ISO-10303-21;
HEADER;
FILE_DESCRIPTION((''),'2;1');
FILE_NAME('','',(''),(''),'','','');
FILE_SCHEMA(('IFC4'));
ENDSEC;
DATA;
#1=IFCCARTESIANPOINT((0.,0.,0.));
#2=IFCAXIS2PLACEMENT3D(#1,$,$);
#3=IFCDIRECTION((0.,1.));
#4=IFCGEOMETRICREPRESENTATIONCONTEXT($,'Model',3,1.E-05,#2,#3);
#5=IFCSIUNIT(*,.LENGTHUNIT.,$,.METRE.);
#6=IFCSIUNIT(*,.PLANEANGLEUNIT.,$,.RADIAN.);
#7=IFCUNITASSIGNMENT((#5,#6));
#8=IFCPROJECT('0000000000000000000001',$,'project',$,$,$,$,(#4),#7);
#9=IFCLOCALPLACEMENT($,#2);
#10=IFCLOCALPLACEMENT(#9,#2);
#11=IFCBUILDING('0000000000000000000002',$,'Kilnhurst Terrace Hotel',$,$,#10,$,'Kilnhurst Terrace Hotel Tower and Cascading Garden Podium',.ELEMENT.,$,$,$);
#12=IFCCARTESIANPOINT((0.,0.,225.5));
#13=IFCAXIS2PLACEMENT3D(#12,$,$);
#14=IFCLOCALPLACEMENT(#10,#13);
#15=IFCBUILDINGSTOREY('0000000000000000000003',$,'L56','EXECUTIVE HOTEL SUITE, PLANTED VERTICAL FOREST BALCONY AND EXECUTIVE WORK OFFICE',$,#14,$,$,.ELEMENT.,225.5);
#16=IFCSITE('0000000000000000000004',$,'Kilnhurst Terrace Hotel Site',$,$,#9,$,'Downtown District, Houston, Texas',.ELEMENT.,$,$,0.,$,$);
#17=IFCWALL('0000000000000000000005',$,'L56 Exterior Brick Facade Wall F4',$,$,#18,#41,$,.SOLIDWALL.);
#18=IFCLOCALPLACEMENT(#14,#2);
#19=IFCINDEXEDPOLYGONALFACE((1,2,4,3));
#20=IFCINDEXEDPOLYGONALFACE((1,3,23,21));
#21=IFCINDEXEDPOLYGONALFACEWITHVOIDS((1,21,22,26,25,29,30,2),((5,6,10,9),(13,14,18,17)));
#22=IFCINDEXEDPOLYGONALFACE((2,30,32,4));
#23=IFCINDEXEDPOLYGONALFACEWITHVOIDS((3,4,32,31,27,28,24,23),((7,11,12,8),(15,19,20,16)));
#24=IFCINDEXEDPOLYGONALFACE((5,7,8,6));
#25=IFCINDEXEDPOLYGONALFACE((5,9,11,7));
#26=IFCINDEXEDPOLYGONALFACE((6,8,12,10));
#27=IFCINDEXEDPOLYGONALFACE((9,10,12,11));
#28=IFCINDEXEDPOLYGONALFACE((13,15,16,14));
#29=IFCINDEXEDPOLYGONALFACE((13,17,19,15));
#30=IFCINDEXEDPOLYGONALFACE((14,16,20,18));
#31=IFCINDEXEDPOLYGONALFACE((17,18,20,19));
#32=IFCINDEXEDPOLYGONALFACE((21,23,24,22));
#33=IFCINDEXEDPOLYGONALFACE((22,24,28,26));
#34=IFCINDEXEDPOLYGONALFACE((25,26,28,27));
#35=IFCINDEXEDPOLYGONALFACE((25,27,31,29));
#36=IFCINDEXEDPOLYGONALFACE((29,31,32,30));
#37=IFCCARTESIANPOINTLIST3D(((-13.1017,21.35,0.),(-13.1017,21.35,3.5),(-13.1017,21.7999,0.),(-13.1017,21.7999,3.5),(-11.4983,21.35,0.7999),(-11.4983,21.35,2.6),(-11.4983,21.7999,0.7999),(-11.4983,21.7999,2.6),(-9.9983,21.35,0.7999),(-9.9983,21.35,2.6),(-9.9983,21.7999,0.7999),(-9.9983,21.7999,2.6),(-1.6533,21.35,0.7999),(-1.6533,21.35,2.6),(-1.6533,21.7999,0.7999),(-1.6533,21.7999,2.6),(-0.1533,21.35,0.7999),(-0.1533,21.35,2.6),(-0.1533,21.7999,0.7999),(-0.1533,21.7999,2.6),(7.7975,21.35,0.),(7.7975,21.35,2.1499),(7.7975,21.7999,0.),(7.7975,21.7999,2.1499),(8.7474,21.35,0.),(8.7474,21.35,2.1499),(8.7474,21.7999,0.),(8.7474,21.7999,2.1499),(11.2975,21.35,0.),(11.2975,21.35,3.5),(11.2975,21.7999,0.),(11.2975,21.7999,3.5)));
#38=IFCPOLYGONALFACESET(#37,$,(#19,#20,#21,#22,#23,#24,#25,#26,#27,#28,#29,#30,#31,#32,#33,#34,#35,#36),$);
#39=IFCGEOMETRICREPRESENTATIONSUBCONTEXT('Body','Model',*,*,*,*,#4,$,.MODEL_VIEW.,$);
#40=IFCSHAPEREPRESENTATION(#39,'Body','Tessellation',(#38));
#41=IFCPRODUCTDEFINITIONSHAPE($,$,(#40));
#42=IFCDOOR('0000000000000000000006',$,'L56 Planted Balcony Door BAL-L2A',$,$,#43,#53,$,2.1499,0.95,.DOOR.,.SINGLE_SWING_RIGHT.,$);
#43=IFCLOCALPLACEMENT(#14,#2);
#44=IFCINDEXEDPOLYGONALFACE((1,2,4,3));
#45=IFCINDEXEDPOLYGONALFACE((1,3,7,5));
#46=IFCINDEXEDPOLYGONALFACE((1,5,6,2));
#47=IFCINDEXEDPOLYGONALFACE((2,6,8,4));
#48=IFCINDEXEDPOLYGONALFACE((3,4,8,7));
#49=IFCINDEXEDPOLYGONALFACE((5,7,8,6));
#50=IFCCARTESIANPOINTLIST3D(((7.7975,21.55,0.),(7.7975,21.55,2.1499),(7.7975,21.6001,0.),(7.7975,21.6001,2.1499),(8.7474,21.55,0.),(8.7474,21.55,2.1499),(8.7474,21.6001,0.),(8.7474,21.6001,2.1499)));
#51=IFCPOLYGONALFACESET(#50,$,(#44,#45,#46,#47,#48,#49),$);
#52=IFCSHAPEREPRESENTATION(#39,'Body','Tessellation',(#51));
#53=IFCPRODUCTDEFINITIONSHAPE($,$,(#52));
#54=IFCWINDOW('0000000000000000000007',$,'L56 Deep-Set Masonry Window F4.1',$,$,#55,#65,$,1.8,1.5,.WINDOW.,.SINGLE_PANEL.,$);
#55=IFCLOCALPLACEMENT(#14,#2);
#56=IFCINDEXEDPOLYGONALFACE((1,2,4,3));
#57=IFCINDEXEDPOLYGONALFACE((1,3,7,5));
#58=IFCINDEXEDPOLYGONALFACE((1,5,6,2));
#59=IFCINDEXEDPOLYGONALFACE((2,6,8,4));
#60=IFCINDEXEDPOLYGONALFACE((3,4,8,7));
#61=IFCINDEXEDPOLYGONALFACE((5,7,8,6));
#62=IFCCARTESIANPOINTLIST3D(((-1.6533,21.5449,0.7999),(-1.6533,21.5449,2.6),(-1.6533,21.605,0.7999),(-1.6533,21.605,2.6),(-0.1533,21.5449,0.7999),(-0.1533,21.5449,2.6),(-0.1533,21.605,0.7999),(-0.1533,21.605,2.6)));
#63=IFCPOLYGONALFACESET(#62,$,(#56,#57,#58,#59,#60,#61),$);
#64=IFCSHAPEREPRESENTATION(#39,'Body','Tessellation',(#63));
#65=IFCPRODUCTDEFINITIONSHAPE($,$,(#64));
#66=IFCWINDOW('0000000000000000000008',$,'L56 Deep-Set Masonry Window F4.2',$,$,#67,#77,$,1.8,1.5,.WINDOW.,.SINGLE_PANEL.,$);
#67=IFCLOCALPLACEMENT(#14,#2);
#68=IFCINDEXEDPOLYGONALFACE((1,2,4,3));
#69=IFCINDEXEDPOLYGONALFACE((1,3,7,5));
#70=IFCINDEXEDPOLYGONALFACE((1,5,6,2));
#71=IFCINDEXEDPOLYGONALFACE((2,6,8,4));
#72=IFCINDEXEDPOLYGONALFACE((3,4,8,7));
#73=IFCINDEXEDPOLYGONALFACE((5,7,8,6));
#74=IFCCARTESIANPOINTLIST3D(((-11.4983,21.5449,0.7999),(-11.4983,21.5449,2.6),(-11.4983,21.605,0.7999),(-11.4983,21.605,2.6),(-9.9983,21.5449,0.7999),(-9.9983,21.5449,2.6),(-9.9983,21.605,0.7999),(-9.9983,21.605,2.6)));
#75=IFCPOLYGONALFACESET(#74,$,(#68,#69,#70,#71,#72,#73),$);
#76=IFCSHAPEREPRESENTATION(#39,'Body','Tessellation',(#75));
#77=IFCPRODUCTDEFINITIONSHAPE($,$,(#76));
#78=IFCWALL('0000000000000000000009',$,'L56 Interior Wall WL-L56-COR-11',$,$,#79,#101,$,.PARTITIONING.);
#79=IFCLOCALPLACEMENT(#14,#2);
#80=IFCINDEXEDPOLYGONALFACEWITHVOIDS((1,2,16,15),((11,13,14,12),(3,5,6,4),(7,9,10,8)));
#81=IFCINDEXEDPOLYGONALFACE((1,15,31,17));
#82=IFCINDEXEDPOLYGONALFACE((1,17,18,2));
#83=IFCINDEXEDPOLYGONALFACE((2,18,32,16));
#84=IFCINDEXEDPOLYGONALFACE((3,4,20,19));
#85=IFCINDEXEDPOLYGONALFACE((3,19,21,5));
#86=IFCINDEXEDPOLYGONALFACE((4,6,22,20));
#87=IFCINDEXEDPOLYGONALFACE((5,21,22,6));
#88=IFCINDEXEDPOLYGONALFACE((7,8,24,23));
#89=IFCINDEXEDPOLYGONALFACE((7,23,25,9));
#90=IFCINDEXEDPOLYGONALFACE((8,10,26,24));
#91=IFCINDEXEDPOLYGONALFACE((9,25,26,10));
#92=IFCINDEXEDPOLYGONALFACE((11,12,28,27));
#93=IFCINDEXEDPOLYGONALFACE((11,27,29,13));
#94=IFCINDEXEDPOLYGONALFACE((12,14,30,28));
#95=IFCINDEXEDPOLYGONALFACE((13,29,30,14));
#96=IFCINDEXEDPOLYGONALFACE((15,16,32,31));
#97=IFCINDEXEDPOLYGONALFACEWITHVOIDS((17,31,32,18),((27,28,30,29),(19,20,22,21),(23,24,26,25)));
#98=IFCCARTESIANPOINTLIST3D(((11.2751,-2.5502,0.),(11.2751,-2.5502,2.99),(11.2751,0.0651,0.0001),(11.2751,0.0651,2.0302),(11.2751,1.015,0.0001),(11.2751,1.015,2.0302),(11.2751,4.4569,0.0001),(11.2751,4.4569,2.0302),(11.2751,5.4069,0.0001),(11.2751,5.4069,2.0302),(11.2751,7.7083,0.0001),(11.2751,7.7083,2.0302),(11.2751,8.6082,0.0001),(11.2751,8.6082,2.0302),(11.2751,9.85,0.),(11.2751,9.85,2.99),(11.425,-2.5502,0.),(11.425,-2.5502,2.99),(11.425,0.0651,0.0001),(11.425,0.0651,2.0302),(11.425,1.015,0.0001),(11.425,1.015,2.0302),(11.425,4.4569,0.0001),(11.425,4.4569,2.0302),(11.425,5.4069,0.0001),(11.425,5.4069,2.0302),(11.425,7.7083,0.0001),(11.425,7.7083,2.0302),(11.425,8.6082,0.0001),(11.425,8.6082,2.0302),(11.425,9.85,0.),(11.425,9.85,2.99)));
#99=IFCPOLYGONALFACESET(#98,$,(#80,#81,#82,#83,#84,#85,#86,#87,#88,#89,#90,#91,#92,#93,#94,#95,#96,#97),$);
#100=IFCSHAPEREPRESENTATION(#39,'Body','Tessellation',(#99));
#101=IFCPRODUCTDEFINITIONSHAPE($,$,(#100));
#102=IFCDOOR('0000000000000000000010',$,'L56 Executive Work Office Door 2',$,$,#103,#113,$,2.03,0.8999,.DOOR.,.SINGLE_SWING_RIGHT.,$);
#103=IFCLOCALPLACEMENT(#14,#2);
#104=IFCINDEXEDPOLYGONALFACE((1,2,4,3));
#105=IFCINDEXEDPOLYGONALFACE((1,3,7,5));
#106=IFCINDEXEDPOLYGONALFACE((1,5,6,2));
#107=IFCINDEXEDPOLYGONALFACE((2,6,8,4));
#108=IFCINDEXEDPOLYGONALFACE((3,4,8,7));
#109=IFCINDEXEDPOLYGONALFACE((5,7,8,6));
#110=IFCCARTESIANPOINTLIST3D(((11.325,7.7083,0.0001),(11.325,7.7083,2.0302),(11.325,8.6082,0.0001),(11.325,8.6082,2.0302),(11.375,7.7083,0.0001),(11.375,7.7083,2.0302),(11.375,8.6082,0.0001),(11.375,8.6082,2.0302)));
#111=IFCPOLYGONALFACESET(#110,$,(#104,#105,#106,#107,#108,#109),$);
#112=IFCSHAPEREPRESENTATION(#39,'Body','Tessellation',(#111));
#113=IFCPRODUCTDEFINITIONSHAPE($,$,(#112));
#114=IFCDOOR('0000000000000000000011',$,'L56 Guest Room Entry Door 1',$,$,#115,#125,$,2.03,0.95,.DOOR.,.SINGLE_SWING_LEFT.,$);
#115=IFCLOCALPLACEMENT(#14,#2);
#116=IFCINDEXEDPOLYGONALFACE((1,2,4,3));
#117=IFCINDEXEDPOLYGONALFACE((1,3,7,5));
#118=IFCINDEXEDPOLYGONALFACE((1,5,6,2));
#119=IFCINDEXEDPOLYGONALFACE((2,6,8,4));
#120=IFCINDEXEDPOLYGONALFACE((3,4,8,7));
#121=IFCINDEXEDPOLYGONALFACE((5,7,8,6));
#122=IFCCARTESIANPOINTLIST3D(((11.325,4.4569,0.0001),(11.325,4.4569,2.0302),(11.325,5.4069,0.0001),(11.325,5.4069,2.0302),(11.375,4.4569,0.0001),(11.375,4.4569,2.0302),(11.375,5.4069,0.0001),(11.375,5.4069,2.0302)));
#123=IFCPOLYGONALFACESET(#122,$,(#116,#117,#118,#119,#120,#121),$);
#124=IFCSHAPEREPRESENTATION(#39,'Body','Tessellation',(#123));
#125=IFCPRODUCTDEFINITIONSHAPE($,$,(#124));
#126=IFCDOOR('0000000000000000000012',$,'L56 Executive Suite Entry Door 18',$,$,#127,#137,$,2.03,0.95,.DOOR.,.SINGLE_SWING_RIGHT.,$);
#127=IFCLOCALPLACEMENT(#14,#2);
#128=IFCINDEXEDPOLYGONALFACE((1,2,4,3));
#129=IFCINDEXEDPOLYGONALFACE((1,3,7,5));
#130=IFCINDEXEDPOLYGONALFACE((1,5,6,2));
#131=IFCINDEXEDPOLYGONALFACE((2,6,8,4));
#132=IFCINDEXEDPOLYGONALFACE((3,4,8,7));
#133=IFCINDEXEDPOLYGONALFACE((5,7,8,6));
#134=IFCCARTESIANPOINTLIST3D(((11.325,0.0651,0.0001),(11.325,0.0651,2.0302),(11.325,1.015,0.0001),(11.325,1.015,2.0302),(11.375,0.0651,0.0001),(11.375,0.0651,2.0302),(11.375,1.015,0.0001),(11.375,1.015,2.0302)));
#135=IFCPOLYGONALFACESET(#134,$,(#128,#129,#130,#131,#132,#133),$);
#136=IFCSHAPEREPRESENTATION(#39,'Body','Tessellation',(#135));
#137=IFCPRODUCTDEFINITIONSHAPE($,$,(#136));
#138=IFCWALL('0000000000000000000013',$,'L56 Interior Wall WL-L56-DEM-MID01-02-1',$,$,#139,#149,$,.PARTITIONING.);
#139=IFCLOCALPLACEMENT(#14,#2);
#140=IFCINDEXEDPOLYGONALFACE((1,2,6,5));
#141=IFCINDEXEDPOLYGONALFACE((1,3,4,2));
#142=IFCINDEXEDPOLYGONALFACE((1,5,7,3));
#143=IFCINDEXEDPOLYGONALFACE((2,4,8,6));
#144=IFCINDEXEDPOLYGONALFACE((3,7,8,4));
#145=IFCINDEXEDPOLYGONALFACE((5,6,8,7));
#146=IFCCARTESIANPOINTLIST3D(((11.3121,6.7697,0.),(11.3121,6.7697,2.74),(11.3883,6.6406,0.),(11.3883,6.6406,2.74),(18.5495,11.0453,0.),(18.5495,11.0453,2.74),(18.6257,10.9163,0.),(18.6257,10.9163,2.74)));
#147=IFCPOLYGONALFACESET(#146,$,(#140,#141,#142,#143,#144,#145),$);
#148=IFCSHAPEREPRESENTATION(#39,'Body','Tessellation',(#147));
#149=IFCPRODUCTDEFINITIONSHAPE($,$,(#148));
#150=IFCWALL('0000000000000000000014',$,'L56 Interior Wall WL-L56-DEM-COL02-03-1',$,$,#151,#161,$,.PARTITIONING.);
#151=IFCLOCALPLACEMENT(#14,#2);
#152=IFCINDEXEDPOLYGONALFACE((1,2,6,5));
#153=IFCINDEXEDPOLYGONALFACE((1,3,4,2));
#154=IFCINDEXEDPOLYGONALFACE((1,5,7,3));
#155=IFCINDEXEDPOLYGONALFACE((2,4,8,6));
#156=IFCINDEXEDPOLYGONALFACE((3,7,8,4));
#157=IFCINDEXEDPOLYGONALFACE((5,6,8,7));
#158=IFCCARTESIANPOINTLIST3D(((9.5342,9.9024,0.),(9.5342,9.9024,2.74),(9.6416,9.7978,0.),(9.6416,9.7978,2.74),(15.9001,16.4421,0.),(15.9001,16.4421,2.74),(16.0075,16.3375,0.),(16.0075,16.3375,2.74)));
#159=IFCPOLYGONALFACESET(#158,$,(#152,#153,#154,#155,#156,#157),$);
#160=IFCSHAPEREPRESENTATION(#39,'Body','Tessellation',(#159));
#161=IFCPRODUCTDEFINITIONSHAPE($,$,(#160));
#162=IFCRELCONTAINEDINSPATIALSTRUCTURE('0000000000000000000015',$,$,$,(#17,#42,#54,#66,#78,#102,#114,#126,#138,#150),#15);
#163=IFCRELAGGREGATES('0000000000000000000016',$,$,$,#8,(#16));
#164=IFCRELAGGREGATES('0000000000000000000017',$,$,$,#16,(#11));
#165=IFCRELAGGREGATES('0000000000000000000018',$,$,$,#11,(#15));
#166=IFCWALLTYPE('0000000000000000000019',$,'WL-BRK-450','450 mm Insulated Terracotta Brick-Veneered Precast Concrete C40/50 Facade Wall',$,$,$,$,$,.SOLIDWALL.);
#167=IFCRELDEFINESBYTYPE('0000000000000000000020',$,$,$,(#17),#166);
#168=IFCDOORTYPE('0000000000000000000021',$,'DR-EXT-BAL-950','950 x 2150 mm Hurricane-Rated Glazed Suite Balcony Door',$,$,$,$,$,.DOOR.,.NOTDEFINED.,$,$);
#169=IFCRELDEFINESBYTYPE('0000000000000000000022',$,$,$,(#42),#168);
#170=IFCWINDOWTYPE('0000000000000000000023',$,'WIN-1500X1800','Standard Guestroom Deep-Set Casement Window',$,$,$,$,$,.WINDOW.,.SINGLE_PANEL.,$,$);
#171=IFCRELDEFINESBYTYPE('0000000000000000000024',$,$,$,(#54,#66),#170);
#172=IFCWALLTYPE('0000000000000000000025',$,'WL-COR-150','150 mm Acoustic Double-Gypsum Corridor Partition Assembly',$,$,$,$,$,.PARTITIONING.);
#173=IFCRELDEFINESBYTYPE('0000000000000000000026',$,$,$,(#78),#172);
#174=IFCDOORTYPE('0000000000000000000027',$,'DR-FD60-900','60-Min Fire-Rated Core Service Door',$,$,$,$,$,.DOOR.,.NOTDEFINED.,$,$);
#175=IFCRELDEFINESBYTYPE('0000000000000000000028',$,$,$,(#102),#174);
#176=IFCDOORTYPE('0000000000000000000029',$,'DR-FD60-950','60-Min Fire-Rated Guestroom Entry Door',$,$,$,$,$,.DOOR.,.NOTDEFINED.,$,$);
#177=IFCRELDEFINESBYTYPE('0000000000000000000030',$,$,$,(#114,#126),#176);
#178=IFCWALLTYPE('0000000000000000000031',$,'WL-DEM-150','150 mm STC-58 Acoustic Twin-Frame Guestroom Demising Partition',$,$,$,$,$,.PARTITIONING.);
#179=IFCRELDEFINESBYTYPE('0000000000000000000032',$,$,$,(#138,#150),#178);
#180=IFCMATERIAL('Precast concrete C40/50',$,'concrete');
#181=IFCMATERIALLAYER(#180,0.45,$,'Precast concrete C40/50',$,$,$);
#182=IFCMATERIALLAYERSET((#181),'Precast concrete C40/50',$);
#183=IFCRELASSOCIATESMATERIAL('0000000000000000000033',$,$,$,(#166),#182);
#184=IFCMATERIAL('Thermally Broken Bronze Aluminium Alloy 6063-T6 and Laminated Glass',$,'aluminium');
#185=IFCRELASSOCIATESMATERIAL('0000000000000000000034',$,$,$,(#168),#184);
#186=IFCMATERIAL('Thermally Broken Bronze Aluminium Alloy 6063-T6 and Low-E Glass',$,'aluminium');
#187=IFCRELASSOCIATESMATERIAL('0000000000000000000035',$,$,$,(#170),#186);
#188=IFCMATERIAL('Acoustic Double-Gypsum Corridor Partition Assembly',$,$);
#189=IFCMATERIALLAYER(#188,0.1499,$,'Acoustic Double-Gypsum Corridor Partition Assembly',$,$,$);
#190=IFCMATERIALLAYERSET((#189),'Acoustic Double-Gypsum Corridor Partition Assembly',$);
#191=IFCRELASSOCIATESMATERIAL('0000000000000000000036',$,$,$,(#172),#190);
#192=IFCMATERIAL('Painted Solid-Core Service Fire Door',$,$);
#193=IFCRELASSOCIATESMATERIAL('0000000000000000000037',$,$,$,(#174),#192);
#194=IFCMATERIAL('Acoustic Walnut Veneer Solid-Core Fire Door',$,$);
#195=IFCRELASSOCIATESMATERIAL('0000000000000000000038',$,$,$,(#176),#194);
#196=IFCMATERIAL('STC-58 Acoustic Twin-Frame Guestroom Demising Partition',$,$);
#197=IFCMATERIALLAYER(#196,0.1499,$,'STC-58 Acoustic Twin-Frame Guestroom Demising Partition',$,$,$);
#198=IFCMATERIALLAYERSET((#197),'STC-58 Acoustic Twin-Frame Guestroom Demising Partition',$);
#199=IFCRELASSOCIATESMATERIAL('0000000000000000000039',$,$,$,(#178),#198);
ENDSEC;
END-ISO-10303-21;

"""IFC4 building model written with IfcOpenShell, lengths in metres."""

from ifc_helpers import new_model, si_unit, direction, frame, frame_2d, origin, place, context, subcontext, project, spatial, rectangle, extrude, material, layer, layer_set, type_object, element, fill, save


model = new_model("IFC4")

# Units and contexts
model_context = context("Model", 3, precision=1e-05, world=origin(), true_north=direction((0.0, 1.0)))
body_context = subcontext(model_context, "Body", "Model", "MODEL_VIEW")
ifc_project = project(units=[si_unit("LENGTHUNIT", "METRE"), si_unit("PLANEANGLEUNIT", "RADIAN")], contexts=[model_context])

# Site, building, storey
site_placement = place(None, origin())
site = spatial("IfcSite", under=ifc_project, at=site_placement, Name="Kilnhurst Terrace Hotel Site", LongName="Downtown District, Houston, Texas", CompositionType="ELEMENT", RefElevation=0.0)
building_placement = place(site_placement, origin())
building = spatial("IfcBuilding", under=site, at=building_placement, Name="Kilnhurst Terrace Hotel", LongName="Kilnhurst Terrace Hotel Tower and Cascading Garden Podium", CompositionType="ELEMENT")
storey_placement = place(building_placement, frame((0.0, 0.0, 225.5)))
storey = spatial("IfcBuildingStorey", under=building, at=storey_placement, Name="L56", Description="EXECUTIVE HOTEL SUITE, PLANTED VERTICAL FOREST BALCONY AND EXECUTIVE WORK OFFICE", CompositionType="ELEMENT", Elevation=225.5)

# Shared definitions
ifc_material_1 = material(Name="Precast concrete C40/50", Category="concrete")
ifc_layer_1 = layer(ifc_material_1, 0.45, Name="Precast concrete C40/50")
ifc_layer_set_1 = layer_set([ifc_layer_1], Name="Precast concrete C40/50")
wall_type_1 = type_object("IfcWallType", Name="WL-BRK-450", Description="450 mm Insulated Terracotta Brick-Veneered Precast Concrete C40/50 Facade Wall", PredefinedType="SOLIDWALL", material=ifc_layer_set_1)

# Wall, openings, door, windows
wall_1_placement = place(storey_placement, frame((11.2976, 21.575, 0.0), z_axis=(0.0, 0.0, 1.0), x_axis=(-1.0, 0.0, 0.0)))
wall_1 = element("IfcWall", 1, at=wall_1_placement, inside=storey, type_object=wall_type_1, Name="L56 Exterior Brick Facade Wall F4", PredefinedType="SOLIDWALL", context=body_context, shape_type="SweptSolid", body=[
    extrude(rectangle(XDim=24.3992, YDim=0.45, at=frame_2d((12.1997, 0.0))), origin(), (0.0, 0.0, 1.0), 3.5),
])
opening_1_placement = place(wall_1_placement, frame((2.55, 0.0, 0.0)))
opening_1 = element("IfcOpeningElement", 2, at=opening_1_placement, cuts=wall_1, PredefinedType="OPENING", context=body_context, shape_type="SweptSolid", body=[
    extrude(rectangle(XDim=0.95, YDim=2.1499, at=frame_2d((0.4751, 1.075))), frame((0.0, 0.2349, 0.0), z_axis=(0.0, -1.0, 0.0), x_axis=(1.0, 0.0, 0.0)), (0.0, 0.0, 1.0), 0.47),
])
opening_2_placement = place(wall_1_placement, frame((11.4509, 0.0, 0.8)))
opening_2 = element("IfcOpeningElement", 3, at=opening_2_placement, cuts=wall_1, PredefinedType="OPENING", context=body_context, shape_type="SweptSolid", body=[
    extrude(rectangle(XDim=1.5, YDim=1.8, at=frame_2d((0.75, 0.8999))), frame((0.0, 0.2349, 0.0), z_axis=(0.0, -1.0, 0.0), x_axis=(1.0, 0.0, 0.0)), (0.0, 0.0, 1.0), 0.47),
])
opening_3_placement = place(wall_1_placement, frame((21.2959, 0.0, 0.8)))
opening_3 = element("IfcOpeningElement", 4, at=opening_3_placement, cuts=wall_1, PredefinedType="OPENING", context=body_context, shape_type="SweptSolid", body=[
    extrude(rectangle(XDim=1.5, YDim=1.8, at=frame_2d((0.75, 0.8999))), frame((0.0, 0.2349, 0.0), z_axis=(0.0, -1.0, 0.0), x_axis=(1.0, 0.0, 0.0)), (0.0, 0.0, 1.0), 0.47),
])
ifc_material_2 = material(Name="Thermally Broken Bronze Aluminium Alloy 6063-T6 and Laminated Glass", Category="aluminium")
door_type_1 = type_object("IfcDoorType", Name="DR-EXT-BAL-950", Description="950 x 2150 mm Hurricane-Rated Glazed Suite Balcony Door", OperationType="NOTDEFINED", PredefinedType="DOOR", material=ifc_material_2)
door_1_placement = place(opening_1_placement, origin())
door_1 = element("IfcDoor", 5, at=door_1_placement, inside=storey, type_object=door_type_1, Name="L56 Planted Balcony Door BAL-L2A", OperationType="SINGLE_SWING_RIGHT", OverallHeight=2.1499, OverallWidth=0.95, PredefinedType="DOOR", context=body_context, shape_type="SweptSolid", body=[
    extrude(rectangle(XDim=0.95, YDim=2.1499, at=frame_2d((0.4751, 1.075))), frame((0.0, 0.0249, 0.0), z_axis=(0.0, -1.0, 0.0), x_axis=(1.0, 0.0, 0.0)), (0.0, 0.0, 1.0), 0.05),
])
fill(opening_1, door_1)
ifc_material_3 = material(Name="Thermally Broken Bronze Aluminium Alloy 6063-T6 and Low-E Glass", Category="aluminium")
window_type = type_object("IfcWindowType", Name="WIN-1500X1800", Description="Standard Guestroom Deep-Set Casement Window", PartitioningType="SINGLE_PANEL", PredefinedType="WINDOW", material=ifc_material_3)
window_1_placement = place(opening_2_placement, origin())
window_1 = element("IfcWindow", 6, at=window_1_placement, inside=storey, type_object=window_type, Name="L56 Deep-Set Masonry Window F4.1", OverallHeight=1.8, OverallWidth=1.5, PartitioningType="SINGLE_PANEL", PredefinedType="WINDOW", context=body_context, shape_type="SweptSolid", body=[
    extrude(rectangle(XDim=1.5, YDim=1.8, at=frame_2d((0.75, 0.8999))), frame((0.0, 0.03, 0.0), z_axis=(0.0, -1.0, 0.0), x_axis=(1.0, 0.0, 0.0)), (0.0, 0.0, 1.0), 0.0601),
])
fill(opening_2, window_1)
window_2_placement = place(opening_3_placement, origin())
window_2 = element("IfcWindow", 7, at=window_2_placement, inside=storey, type_object=window_type, Name="L56 Deep-Set Masonry Window F4.2", OverallHeight=1.8, OverallWidth=1.5, PartitioningType="SINGLE_PANEL", PredefinedType="WINDOW", context=body_context, shape_type="SweptSolid", body=[
    extrude(rectangle(XDim=1.5, YDim=1.8, at=frame_2d((0.75, 0.8999))), frame((0.0, 0.03, 0.0), z_axis=(0.0, -1.0, 0.0), x_axis=(1.0, 0.0, 0.0)), (0.0, 0.0, 1.0), 0.0601),
])
fill(opening_3, window_2)

# Wall, openings, doors
ifc_material_4 = material(Name="Acoustic Double-Gypsum Corridor Partition Assembly")
ifc_layer_2 = layer(ifc_material_4, 0.1499, Name="Acoustic Double-Gypsum Corridor Partition Assembly")
ifc_layer_set_2 = layer_set([ifc_layer_2], Name="Acoustic Double-Gypsum Corridor Partition Assembly")
wall_type_2 = type_object("IfcWallType", Name="WL-COR-150", Description="150 mm Acoustic Double-Gypsum Corridor Partition Assembly", PredefinedType="PARTITIONING", material=ifc_layer_set_2)
wall_2_placement = place(storey_placement, frame((11.3501, 9.8501, 0.0), z_axis=(0.0, 0.0, 1.0), x_axis=(0.0, -1.0, 0.0)))
wall_2 = element("IfcWall", 8, at=wall_2_placement, inside=storey, type_object=wall_type_2, Name="L56 Interior Wall WL-L56-COR-11", PredefinedType="PARTITIONING", context=body_context, shape_type="SweptSolid", body=[
    extrude(rectangle(XDim=12.4001, YDim=0.1499, at=frame_2d((6.2002, 0.0))), origin(), (0.0, 0.0, 1.0), 2.99),
])
opening_4_placement = place(wall_2_placement, frame((4.4431, 0.0, 0.0)))
opening_4 = element("IfcOpeningElement", 9, at=opening_4_placement, cuts=wall_2, PredefinedType="OPENING", context=body_context, shape_type="SweptSolid", body=[
    extrude(rectangle(XDim=0.95, YDim=2.03, at=frame_2d((0.4751, 1.0151))), frame((0.0, 0.085, 0.0), z_axis=(0.0, -1.0, 0.0), x_axis=(1.0, 0.0, 0.0)), (0.0, 0.0, 1.0), 0.1699),
])
opening_5_placement = place(wall_2_placement, frame((1.2419, 0.0, 0.0)))
opening_5 = element("IfcOpeningElement", 10, at=opening_5_placement, cuts=wall_2, PredefinedType="OPENING", context=body_context, shape_type="SweptSolid", body=[
    extrude(rectangle(XDim=0.8999, YDim=2.03, at=frame_2d((0.45, 1.0151))), frame((0.0, 0.085, 0.0), z_axis=(0.0, -1.0, 0.0), x_axis=(1.0, 0.0, 0.0)), (0.0, 0.0, 1.0), 0.1699),
])
opening_6_placement = place(wall_2_placement, frame((8.835, 0.0, 0.0)))
opening_6 = element("IfcOpeningElement", 11, at=opening_6_placement, cuts=wall_2, PredefinedType="OPENING", context=body_context, shape_type="SweptSolid", body=[
    extrude(rectangle(XDim=0.95, YDim=2.03, at=frame_2d((0.4751, 1.0151))), frame((0.0, 0.085, 0.0), z_axis=(0.0, -1.0, 0.0), x_axis=(1.0, 0.0, 0.0)), (0.0, 0.0, 1.0), 0.1699),
])
ifc_material_5 = material(Name="Painted Solid-Core Service Fire Door")
door_type_2 = type_object("IfcDoorType", Name="DR-FD60-900", Description="60-Min Fire-Rated Core Service Door", OperationType="NOTDEFINED", PredefinedType="DOOR", material=ifc_material_5)
door_2_placement = place(opening_5_placement, origin())
door_2 = element("IfcDoor", 12, at=door_2_placement, inside=storey, type_object=door_type_2, Name="L56 Executive Work Office Door 2", OperationType="SINGLE_SWING_RIGHT", OverallHeight=2.03, OverallWidth=0.8999, PredefinedType="DOOR", context=body_context, shape_type="SweptSolid", body=[
    extrude(rectangle(XDim=0.8999, YDim=2.03, at=frame_2d((0.45, 1.0151))), frame((0.0, 0.0249, 0.0), z_axis=(0.0, -1.0, 0.0), x_axis=(1.0, 0.0, 0.0)), (0.0, 0.0, 1.0), 0.05),
])
fill(opening_5, door_2)
ifc_material_6 = material(Name="Acoustic Walnut Veneer Solid-Core Fire Door")
door_type_3 = type_object("IfcDoorType", Name="DR-FD60-950", Description="60-Min Fire-Rated Guestroom Entry Door", OperationType="NOTDEFINED", PredefinedType="DOOR", material=ifc_material_6)
door_3_placement = place(opening_4_placement, origin())
door_3 = element("IfcDoor", 13, at=door_3_placement, inside=storey, type_object=door_type_3, Name="L56 Guest Room Entry Door 1", OperationType="SINGLE_SWING_LEFT", OverallHeight=2.03, OverallWidth=0.95, PredefinedType="DOOR", context=body_context, shape_type="SweptSolid", body=[
    extrude(rectangle(XDim=0.95, YDim=2.03, at=frame_2d((0.4751, 1.0151))), frame((0.0, 0.0249, 0.0), z_axis=(0.0, -1.0, 0.0), x_axis=(1.0, 0.0, 0.0)), (0.0, 0.0, 1.0), 0.05),
])
fill(opening_4, door_3)
door_4_placement = place(opening_6_placement, origin())
door_4 = element("IfcDoor", 14, at=door_4_placement, inside=storey, type_object=door_type_3, Name="L56 Executive Suite Entry Door 18", OperationType="SINGLE_SWING_RIGHT", OverallHeight=2.03, OverallWidth=0.95, PredefinedType="DOOR", context=body_context, shape_type="SweptSolid", body=[
    extrude(rectangle(XDim=0.95, YDim=2.03, at=frame_2d((0.4751, 1.0151))), frame((0.0, 0.0249, 0.0), z_axis=(0.0, -1.0, 0.0), x_axis=(1.0, 0.0, 0.0)), (0.0, 0.0, 1.0), 0.05),
])
fill(opening_6, door_4)

# Walls
ifc_material_7 = material(Name="STC-58 Acoustic Twin-Frame Guestroom Demising Partition")
ifc_layer_3 = layer(ifc_material_7, 0.1499, Name="STC-58 Acoustic Twin-Frame Guestroom Demising Partition")
ifc_layer_set_3 = layer_set([ifc_layer_3], Name="STC-58 Acoustic Twin-Frame Guestroom Demising Partition")
wall_type_3 = type_object("IfcWallType", Name="WL-DEM-150", Description="150 mm STC-58 Acoustic Twin-Frame Guestroom Demising Partition", PredefinedType="PARTITIONING", material=ifc_layer_set_3)
wall_3_placement = place(storey_placement, frame((11.3501, 6.7051, 0.0), z_axis=(0.0, 0.0, 1.0), x_axis=(0.860976, 0.508645, 0.0)))
element("IfcWall", 15, at=wall_3_placement, inside=storey, type_object=wall_type_3, Name="L56 Interior Wall WL-L56-DEM-MID01-02-1", PredefinedType="PARTITIONING", context=body_context, shape_type="SweptSolid", body=[
    extrude(rectangle(XDim=8.406, YDim=0.1499, at=frame_2d((4.2031, 0.0))), origin(), (0.0, 0.0, 1.0), 2.74),
])
wall_4_placement = place(storey_placement, frame((9.5879, 9.8501, 0.0), z_axis=(0.0, 0.0, 1.0), x_axis=(0.697519, 0.716566, 0.0)))
element("IfcWall", 16, at=wall_4_placement, inside=storey, type_object=wall_type_3, Name="L56 Interior Wall WL-L56-DEM-COL02-03-1", PredefinedType="PARTITIONING", context=body_context, shape_type="SweptSolid", body=[
    extrude(rectangle(XDim=9.1265, YDim=0.1499, at=frame_2d((4.5632, 0.0))), origin(), (0.0, 0.0, 1.0), 2.74),
])

save(model, "model.ifc")
